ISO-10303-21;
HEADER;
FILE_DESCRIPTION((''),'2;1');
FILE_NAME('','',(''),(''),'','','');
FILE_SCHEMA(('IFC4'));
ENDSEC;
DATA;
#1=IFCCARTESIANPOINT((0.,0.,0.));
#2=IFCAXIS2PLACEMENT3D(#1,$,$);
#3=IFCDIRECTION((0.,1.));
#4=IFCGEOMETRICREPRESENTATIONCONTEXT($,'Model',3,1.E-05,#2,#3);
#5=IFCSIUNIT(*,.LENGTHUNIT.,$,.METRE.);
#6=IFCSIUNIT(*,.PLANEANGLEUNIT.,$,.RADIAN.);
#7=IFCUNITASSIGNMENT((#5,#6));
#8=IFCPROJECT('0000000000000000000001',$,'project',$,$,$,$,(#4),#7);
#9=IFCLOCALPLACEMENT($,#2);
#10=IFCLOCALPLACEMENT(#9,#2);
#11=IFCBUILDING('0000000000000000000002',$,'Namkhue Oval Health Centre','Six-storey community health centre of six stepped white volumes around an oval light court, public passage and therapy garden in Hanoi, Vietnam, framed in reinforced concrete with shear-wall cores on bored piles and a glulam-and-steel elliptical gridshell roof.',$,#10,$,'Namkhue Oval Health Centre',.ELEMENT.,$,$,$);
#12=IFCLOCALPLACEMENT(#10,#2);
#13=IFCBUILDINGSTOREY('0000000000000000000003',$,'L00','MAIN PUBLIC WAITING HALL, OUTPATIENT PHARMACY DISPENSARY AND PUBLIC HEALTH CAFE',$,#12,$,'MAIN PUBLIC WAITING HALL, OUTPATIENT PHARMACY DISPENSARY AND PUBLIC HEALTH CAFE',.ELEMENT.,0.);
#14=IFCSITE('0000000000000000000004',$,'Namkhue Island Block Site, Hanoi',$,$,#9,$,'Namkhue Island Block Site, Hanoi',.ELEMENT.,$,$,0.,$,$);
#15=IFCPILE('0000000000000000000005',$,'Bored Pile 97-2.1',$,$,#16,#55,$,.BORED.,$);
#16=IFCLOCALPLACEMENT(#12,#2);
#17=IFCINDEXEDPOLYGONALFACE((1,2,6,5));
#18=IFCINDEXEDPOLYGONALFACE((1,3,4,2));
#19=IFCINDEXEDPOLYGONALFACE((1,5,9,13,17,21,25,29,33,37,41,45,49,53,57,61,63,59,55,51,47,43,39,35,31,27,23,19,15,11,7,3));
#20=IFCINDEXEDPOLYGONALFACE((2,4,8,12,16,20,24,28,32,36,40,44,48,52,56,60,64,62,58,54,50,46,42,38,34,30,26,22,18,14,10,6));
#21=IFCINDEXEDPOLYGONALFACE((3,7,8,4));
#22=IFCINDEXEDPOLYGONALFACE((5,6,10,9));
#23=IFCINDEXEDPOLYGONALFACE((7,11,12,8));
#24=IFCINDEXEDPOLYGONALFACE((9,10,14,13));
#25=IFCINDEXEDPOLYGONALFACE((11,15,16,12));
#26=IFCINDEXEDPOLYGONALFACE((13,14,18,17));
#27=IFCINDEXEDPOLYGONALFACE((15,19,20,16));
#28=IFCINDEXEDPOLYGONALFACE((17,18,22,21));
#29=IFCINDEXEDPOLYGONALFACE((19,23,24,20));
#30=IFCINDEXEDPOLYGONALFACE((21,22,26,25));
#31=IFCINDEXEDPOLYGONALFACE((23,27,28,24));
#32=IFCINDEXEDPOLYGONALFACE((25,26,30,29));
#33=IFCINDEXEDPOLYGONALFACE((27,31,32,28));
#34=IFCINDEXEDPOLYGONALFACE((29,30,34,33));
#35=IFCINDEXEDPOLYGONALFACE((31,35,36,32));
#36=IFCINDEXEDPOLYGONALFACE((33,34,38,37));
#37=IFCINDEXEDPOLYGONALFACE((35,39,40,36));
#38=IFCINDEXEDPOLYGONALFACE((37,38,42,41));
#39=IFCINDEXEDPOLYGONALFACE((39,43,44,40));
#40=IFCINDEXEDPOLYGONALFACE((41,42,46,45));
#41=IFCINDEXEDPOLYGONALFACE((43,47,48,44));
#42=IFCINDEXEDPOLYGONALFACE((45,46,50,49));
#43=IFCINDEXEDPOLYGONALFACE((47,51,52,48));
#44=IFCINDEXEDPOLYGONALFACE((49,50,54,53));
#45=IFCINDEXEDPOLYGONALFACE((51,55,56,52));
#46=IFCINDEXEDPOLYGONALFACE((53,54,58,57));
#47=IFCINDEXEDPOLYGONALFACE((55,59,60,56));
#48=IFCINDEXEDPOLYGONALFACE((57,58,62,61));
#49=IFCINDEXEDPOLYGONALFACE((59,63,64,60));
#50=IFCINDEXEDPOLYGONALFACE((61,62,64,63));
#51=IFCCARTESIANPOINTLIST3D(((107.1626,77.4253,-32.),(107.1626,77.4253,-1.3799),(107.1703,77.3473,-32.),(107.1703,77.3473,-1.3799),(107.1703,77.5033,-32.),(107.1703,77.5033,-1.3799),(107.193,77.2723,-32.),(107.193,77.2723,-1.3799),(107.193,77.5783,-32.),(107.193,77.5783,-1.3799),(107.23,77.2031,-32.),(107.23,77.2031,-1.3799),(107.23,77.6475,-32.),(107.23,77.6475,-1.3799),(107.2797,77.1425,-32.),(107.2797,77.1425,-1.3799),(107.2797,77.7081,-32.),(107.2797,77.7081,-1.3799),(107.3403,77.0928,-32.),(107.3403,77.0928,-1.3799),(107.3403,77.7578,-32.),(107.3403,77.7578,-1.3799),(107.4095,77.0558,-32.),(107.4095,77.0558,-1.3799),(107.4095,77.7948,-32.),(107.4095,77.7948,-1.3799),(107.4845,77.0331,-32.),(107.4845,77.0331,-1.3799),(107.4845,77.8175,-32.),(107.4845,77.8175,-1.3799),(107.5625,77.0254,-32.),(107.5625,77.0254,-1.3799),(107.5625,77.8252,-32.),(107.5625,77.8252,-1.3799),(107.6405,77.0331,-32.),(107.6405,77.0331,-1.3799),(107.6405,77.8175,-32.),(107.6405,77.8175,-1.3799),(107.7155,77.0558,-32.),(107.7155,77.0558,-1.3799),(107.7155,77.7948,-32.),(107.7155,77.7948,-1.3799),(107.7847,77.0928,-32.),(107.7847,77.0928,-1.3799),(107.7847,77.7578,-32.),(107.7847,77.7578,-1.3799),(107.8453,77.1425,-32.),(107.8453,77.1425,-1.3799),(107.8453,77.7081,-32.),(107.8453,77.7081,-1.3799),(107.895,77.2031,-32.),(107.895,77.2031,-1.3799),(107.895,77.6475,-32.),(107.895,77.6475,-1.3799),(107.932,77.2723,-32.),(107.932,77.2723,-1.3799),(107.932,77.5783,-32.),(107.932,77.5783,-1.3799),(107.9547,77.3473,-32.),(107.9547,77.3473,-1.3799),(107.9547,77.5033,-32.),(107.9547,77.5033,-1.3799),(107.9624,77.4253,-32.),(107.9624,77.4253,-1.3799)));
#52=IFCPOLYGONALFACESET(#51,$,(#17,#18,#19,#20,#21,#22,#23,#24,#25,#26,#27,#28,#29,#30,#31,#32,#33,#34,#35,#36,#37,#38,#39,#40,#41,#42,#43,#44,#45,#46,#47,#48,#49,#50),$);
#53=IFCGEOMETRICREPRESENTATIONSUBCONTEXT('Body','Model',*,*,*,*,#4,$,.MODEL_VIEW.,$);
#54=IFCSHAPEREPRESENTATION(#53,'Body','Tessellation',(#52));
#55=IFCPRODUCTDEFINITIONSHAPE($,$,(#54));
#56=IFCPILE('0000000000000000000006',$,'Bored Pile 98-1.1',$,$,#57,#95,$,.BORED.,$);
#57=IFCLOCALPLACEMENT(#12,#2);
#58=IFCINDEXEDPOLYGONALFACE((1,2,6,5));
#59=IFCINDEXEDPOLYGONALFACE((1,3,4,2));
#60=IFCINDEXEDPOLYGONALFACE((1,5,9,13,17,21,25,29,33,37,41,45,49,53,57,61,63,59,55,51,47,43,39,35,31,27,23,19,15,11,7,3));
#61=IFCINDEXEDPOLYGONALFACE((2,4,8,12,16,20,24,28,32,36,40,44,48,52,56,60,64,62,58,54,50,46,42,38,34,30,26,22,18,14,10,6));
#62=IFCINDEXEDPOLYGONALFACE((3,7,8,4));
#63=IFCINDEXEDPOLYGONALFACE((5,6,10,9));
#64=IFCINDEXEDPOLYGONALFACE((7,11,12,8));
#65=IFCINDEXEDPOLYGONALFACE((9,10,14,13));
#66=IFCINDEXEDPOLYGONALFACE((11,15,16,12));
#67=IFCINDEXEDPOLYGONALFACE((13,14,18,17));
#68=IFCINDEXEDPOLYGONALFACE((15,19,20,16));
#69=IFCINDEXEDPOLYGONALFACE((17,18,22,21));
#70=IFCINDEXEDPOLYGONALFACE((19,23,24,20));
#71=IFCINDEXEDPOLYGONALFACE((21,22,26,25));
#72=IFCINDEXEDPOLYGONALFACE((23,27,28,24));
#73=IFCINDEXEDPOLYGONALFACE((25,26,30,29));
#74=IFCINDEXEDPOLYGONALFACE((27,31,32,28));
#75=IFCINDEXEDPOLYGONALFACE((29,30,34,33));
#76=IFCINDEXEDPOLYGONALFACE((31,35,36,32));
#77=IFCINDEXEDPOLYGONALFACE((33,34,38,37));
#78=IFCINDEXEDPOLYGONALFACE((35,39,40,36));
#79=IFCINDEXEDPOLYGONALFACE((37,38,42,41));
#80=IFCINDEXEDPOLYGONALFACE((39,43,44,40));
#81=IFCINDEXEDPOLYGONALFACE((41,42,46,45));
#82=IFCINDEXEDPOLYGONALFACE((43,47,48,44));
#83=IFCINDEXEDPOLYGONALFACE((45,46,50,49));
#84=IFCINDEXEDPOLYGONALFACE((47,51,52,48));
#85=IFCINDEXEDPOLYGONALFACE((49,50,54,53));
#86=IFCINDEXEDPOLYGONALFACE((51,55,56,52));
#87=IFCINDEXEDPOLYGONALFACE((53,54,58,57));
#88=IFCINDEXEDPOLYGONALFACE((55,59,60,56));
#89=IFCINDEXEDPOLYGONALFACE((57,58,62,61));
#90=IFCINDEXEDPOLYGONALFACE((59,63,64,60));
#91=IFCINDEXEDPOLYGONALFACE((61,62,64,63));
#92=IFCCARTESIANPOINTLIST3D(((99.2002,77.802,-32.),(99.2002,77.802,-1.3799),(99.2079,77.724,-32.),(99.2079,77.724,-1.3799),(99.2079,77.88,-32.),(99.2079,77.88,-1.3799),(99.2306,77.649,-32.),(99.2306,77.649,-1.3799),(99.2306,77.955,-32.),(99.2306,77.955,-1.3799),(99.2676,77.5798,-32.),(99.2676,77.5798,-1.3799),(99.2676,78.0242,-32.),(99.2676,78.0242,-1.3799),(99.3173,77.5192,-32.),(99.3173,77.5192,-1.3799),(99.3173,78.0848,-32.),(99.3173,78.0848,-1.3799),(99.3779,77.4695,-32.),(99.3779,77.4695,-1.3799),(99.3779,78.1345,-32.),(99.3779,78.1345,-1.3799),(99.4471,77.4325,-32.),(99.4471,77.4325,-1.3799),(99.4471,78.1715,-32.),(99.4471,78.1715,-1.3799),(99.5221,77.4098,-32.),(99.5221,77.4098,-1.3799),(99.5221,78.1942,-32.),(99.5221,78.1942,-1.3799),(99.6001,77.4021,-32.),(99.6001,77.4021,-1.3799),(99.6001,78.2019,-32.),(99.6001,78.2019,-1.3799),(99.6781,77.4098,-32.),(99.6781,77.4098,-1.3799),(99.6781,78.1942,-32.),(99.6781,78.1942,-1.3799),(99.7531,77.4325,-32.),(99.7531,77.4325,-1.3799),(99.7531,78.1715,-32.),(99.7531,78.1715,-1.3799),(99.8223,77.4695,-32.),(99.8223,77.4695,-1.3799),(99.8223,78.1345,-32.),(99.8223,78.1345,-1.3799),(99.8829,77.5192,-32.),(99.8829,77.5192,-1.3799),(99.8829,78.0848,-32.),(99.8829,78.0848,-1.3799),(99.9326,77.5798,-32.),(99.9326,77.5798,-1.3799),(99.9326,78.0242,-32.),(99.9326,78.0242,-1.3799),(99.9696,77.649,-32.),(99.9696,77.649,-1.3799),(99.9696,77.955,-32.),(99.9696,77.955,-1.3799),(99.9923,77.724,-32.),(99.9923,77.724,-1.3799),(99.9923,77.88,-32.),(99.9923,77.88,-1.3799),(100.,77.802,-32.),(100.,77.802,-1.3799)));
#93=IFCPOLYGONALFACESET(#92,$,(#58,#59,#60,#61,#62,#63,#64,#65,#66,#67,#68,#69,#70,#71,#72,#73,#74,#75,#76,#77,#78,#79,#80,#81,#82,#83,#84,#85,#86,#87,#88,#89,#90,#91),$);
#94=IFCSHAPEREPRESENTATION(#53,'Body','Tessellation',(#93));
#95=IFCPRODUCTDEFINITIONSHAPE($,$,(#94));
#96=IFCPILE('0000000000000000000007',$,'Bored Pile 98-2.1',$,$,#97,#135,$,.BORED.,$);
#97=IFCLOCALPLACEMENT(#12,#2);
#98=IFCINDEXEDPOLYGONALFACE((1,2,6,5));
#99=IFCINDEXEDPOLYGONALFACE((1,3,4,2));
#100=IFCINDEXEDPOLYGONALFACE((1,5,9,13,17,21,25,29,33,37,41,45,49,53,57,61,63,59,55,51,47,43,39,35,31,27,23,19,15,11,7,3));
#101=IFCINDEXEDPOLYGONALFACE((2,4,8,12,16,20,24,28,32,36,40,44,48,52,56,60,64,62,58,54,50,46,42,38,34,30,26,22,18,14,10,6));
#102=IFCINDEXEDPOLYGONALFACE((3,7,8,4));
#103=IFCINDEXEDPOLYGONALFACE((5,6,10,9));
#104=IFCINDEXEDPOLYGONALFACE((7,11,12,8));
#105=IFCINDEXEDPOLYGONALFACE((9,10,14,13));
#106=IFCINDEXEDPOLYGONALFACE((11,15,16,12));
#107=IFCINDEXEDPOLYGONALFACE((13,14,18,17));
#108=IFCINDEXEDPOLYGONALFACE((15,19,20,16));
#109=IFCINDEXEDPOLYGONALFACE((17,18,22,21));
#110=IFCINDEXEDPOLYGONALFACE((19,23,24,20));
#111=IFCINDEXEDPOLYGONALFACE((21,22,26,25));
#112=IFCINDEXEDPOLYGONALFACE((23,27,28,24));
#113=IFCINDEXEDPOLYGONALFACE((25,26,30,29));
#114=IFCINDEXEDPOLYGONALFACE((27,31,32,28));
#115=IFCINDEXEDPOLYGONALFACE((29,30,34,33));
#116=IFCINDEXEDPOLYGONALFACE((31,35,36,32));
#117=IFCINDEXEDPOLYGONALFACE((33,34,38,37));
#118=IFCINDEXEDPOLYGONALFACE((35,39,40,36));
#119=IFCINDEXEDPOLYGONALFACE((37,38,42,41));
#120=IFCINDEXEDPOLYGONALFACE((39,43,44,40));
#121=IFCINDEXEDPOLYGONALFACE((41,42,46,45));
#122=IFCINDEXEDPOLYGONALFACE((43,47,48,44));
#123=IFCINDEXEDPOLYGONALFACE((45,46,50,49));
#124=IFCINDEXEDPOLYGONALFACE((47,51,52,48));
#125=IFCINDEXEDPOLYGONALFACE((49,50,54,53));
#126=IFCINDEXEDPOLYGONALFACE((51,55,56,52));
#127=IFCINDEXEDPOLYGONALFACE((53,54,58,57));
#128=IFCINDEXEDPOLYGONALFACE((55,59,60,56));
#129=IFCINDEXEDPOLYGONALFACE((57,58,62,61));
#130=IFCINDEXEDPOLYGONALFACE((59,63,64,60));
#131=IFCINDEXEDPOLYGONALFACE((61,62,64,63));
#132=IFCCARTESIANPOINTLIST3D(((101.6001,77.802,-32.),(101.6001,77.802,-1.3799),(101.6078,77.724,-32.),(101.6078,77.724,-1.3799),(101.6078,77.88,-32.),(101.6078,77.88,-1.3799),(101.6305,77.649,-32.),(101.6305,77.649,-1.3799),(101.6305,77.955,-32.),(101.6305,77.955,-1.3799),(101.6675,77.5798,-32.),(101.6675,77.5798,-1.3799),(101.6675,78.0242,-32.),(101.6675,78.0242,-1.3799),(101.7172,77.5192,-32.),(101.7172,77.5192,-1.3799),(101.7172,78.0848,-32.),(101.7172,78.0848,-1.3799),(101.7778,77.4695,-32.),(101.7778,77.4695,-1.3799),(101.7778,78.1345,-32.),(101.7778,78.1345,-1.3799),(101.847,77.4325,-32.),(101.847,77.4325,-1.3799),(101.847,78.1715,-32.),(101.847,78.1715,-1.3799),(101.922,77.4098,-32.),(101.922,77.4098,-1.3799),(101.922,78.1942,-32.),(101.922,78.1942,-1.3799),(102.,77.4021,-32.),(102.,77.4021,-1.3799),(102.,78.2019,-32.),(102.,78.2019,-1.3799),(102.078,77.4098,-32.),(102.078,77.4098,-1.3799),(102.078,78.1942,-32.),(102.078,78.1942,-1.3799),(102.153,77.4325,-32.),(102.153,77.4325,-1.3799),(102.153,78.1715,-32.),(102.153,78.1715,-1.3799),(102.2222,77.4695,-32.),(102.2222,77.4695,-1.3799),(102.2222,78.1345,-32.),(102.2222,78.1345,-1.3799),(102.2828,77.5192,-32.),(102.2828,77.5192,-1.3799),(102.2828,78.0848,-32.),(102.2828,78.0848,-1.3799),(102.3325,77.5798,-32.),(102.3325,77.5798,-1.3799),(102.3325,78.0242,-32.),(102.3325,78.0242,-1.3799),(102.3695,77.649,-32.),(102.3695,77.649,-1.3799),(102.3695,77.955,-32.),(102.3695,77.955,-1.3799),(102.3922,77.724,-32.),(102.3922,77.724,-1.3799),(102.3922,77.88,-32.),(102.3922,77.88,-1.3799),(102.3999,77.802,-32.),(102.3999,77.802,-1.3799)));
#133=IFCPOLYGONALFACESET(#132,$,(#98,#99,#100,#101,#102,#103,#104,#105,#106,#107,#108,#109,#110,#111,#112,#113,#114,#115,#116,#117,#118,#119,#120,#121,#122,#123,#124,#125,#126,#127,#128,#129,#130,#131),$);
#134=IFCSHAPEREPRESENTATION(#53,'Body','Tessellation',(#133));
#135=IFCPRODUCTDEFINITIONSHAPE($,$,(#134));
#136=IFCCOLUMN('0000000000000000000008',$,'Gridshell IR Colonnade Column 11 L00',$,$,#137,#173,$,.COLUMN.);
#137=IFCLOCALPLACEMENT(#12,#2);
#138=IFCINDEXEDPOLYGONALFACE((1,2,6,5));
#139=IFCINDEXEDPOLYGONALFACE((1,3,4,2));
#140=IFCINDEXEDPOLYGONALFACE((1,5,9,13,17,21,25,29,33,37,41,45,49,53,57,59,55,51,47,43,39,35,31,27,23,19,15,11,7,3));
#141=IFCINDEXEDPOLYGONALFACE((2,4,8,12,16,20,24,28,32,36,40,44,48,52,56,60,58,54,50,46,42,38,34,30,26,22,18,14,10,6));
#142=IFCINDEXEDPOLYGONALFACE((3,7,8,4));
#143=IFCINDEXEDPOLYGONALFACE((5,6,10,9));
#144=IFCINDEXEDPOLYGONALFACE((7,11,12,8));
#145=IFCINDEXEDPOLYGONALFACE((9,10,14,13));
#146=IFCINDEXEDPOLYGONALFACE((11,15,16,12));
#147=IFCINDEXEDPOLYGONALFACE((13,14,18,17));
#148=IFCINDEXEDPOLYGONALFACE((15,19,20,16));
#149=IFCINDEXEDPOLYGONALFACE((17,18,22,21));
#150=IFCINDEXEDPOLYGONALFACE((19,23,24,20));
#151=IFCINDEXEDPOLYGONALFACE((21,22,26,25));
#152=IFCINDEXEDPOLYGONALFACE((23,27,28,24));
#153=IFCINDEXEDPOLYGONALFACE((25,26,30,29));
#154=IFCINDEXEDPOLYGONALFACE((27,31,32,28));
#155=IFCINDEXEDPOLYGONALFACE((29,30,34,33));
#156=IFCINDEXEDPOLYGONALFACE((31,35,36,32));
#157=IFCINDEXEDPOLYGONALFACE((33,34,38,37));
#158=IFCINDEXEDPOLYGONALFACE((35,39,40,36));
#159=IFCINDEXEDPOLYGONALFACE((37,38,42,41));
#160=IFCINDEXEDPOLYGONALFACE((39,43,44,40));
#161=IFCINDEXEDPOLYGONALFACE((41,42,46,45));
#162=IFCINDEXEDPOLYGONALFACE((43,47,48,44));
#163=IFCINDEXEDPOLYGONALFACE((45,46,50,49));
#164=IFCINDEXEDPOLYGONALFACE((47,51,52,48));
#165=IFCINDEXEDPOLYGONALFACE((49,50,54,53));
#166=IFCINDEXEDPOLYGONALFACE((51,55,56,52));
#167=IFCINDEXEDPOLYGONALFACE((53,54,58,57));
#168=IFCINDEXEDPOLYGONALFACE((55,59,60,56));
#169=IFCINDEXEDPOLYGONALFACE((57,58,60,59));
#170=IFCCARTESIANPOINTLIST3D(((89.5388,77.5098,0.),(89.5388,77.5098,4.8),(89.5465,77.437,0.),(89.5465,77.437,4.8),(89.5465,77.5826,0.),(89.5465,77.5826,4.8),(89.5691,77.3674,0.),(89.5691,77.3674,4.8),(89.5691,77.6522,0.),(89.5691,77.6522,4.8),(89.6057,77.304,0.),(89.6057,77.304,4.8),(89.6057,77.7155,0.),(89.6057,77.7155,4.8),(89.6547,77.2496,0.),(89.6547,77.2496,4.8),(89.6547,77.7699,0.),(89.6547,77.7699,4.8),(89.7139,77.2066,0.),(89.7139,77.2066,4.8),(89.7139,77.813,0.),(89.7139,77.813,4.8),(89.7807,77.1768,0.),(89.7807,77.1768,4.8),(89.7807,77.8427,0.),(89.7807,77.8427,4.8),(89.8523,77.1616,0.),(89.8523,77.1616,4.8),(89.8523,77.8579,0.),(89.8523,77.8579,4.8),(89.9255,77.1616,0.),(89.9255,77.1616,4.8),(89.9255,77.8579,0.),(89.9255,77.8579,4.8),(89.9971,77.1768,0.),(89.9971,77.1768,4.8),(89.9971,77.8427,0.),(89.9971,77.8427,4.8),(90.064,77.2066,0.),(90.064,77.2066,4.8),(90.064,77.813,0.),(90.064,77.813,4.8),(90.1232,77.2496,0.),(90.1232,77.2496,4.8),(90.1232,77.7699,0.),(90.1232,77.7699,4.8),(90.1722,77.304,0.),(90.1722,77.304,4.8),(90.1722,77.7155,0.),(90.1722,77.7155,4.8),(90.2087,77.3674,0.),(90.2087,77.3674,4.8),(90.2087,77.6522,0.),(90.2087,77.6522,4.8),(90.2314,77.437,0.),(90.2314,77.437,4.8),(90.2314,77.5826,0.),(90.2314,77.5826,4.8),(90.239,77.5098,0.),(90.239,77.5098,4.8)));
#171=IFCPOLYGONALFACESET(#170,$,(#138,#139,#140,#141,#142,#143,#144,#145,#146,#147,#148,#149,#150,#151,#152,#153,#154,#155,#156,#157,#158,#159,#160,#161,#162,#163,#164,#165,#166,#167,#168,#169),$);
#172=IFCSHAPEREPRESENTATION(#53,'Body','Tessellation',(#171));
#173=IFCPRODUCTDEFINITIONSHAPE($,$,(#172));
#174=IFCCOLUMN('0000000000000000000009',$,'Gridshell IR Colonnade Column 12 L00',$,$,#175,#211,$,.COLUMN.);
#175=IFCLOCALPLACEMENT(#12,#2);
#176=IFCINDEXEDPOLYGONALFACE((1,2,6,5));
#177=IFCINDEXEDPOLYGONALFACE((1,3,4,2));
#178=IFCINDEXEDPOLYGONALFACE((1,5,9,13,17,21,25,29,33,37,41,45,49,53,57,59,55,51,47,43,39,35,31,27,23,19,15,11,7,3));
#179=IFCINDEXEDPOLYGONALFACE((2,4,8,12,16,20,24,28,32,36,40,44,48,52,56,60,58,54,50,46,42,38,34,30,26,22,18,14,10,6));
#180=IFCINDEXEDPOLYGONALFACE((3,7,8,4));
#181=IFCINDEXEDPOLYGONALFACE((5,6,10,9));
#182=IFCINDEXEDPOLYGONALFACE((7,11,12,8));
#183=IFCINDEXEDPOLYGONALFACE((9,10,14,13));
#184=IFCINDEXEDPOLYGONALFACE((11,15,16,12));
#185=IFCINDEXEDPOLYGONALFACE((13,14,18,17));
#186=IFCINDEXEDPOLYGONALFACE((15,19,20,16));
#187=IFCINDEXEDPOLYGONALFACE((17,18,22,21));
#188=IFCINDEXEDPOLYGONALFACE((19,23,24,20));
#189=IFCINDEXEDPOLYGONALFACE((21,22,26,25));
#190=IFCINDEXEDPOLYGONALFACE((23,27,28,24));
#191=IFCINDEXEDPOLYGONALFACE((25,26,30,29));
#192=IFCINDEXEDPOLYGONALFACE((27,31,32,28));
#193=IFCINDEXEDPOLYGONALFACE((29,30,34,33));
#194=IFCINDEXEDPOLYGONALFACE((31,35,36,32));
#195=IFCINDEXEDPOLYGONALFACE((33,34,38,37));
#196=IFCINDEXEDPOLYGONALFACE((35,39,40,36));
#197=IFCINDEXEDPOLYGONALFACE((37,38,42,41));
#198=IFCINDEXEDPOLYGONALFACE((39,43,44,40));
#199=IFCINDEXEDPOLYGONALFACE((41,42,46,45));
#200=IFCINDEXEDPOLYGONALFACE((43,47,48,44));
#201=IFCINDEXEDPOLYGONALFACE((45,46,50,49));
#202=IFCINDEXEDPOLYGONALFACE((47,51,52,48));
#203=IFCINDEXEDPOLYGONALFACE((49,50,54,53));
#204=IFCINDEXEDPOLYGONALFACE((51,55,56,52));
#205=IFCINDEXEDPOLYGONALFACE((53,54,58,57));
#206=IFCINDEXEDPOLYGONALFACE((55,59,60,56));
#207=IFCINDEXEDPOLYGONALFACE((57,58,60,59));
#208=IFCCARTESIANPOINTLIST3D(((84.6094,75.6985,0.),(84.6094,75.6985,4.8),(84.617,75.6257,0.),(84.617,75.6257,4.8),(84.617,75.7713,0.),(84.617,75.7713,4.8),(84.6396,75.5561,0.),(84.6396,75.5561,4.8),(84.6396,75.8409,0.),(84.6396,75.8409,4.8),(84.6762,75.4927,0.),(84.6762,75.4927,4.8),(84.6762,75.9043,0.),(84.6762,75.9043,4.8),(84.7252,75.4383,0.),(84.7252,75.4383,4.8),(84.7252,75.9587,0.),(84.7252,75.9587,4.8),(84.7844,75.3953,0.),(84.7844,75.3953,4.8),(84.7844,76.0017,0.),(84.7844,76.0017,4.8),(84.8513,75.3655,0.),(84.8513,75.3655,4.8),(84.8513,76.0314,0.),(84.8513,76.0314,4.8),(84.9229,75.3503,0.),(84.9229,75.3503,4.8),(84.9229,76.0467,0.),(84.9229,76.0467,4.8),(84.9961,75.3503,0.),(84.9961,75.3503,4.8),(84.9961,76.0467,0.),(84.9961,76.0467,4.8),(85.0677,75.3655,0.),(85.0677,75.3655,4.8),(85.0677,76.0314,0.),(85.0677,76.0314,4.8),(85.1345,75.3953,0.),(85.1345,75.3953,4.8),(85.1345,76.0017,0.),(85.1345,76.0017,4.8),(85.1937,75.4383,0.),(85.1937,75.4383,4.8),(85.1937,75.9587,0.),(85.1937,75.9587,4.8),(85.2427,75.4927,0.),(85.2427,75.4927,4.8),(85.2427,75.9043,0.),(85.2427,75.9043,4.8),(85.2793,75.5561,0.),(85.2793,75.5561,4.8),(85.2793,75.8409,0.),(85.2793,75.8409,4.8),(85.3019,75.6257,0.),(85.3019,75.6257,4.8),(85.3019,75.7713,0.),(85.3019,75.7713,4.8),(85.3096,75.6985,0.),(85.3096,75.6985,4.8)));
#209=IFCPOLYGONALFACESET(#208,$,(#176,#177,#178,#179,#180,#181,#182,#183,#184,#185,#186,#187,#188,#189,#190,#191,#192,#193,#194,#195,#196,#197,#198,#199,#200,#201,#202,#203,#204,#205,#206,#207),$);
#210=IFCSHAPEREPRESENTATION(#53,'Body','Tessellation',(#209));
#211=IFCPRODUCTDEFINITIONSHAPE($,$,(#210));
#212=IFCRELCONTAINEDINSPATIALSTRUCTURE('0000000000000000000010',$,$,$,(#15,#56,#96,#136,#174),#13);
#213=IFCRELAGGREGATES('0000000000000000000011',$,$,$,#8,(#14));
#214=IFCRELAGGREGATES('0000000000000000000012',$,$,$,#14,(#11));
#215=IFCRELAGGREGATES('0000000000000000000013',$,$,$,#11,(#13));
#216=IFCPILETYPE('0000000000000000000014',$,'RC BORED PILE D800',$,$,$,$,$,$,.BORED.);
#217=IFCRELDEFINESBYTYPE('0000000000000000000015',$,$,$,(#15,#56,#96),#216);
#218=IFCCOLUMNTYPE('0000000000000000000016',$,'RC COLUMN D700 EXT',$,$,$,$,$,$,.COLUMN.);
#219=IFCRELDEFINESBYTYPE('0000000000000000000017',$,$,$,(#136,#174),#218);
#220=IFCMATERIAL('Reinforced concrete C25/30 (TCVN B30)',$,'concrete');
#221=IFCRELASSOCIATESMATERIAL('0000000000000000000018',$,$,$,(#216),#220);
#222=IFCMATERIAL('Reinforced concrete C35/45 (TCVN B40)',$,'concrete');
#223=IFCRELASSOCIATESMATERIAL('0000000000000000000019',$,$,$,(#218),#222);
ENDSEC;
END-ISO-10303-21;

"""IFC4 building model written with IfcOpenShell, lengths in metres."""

from ifc_helpers import new_model, si_unit, direction, frame, origin, origin_2d, place, context, subcontext, project, spatial, circle, extrude, material, material_profile, profile_set, type_object, element, save


model = new_model("IFC4")

# Units and contexts
model_context = context("Model", 3, precision=1e-05, world=origin(), true_north=direction((0.0, 1.0)))
body_context = subcontext(model_context, "Body", "Model", "MODEL_VIEW")
ifc_project = project(units=[si_unit("LENGTHUNIT", "METRE"), si_unit("PLANEANGLEUNIT", "RADIAN")], contexts=[model_context])

# Site, building, storey
site_placement = place(None, origin())
site = spatial("IfcSite", under=ifc_project, at=site_placement, Name="Namkhue Island Block Site, Hanoi", LongName="Namkhue Island Block Site, Hanoi", CompositionType="ELEMENT", RefElevation=0.0)
building_placement = place(site_placement, origin())
building = spatial("IfcBuilding", under=site, at=building_placement, Name="Namkhue Oval Health Centre", Description="Six-storey community health centre of six stepped white volumes around an oval light court, public passage and therapy garden in Hanoi, Vietnam, framed in reinforced concrete with shear-wall cores on bored piles and a glulam-and-steel elliptical gridshell roof.", LongName="Namkhue Oval Health Centre", CompositionType="ELEMENT")
storey_placement = place(building_placement, origin())
storey = spatial("IfcBuildingStorey", under=building, at=storey_placement, Name="L00", Description="MAIN PUBLIC WAITING HALL, OUTPATIENT PHARMACY DISPENSARY AND PUBLIC HEALTH CAFE", LongName="MAIN PUBLIC WAITING HALL, OUTPATIENT PHARMACY DISPENSARY AND PUBLIC HEALTH CAFE", CompositionType="ELEMENT", Elevation=0.0)

# Piles
ifc_material_1 = material(Name="Reinforced concrete C25/30 (TCVN B30)", Category="concrete")
ifc_material_profile_1 = material_profile(ifc_material_1, circle(Radius=0.3999, at=origin_2d()), Name="BORED PILE D800")
ifc_profile_set_1 = profile_set([ifc_material_profile_1], Name="Reinforced concrete C25/30 (TCVN B30)")
pile_type_1 = type_object("IfcPileType", Name="RC BORED PILE D800", PredefinedType="BORED", material=ifc_profile_set_1)
for number, where, z_axis, x_axis, name in (
    (1, (107.5625, 77.4253, -1.3799), (0.0, 0.0, -1.0), (1.0, 0.0, 0.0), "Bored Pile 97-2.1"),
    (2, (99.6001, 77.802, -1.3799), (0.0, 0.0, -1.0), (1.0, 0.0, 0.0), "Bored Pile 98-1.1"),
    (3, (102.0, 77.802, -1.3799), (0.0, 0.0, -1.0), (1.0, 0.0, 0.0), "Bored Pile 98-2.1"),
):
    element("IfcPile", number, at=place(storey_placement, frame(where, z_axis=z_axis, x_axis=x_axis)), inside=storey, type_object=pile_type_1, Name=name, PredefinedType="BORED", context=body_context, shape_type="SweptSolid", body=[
        extrude(circle(Radius=0.3999, at=origin_2d()), origin(), (0.0, 0.0, 1.0), 30.6201),
    ])

# Columns
ifc_material_2 = material(Name="Reinforced concrete C35/45 (TCVN B40)", Category="concrete")
ifc_material_profile_2 = material_profile(ifc_material_2, circle(Radius=0.3501, at=origin_2d()), Name="RC D700")
ifc_profile_set_2 = profile_set([ifc_material_profile_2], Name="Reinforced concrete C35/45 (TCVN B40)")
column_type = type_object("IfcColumnType", Name="RC COLUMN D700 EXT", PredefinedType="COLUMN", material=ifc_profile_set_2)
for number, where, z_axis, x_axis, name in (
    (4, (89.8889, 77.5098, 0.0), (0.0, 0.0, 1.0), (1.0, 0.0, 0.0), "Gridshell IR Colonnade Column 11 L00"),
    (5, (84.9595, 75.6985, 0.0), (0.0, 0.0, 1.0), (1.0, 0.0, 0.0), "Gridshell IR Colonnade Column 12 L00"),
):
    element("IfcColumn", number, at=place(storey_placement, frame(where, z_axis=z_axis, x_axis=x_axis)), inside=storey, type_object=column_type, Name=name, PredefinedType="COLUMN", context=body_context, shape_type="SweptSolid", body=[
        extrude(circle(Radius=0.3501, at=origin_2d()), origin(), (0.0, 0.0, 1.0), 4.8),
    ])

save(model, "model.ifc")
